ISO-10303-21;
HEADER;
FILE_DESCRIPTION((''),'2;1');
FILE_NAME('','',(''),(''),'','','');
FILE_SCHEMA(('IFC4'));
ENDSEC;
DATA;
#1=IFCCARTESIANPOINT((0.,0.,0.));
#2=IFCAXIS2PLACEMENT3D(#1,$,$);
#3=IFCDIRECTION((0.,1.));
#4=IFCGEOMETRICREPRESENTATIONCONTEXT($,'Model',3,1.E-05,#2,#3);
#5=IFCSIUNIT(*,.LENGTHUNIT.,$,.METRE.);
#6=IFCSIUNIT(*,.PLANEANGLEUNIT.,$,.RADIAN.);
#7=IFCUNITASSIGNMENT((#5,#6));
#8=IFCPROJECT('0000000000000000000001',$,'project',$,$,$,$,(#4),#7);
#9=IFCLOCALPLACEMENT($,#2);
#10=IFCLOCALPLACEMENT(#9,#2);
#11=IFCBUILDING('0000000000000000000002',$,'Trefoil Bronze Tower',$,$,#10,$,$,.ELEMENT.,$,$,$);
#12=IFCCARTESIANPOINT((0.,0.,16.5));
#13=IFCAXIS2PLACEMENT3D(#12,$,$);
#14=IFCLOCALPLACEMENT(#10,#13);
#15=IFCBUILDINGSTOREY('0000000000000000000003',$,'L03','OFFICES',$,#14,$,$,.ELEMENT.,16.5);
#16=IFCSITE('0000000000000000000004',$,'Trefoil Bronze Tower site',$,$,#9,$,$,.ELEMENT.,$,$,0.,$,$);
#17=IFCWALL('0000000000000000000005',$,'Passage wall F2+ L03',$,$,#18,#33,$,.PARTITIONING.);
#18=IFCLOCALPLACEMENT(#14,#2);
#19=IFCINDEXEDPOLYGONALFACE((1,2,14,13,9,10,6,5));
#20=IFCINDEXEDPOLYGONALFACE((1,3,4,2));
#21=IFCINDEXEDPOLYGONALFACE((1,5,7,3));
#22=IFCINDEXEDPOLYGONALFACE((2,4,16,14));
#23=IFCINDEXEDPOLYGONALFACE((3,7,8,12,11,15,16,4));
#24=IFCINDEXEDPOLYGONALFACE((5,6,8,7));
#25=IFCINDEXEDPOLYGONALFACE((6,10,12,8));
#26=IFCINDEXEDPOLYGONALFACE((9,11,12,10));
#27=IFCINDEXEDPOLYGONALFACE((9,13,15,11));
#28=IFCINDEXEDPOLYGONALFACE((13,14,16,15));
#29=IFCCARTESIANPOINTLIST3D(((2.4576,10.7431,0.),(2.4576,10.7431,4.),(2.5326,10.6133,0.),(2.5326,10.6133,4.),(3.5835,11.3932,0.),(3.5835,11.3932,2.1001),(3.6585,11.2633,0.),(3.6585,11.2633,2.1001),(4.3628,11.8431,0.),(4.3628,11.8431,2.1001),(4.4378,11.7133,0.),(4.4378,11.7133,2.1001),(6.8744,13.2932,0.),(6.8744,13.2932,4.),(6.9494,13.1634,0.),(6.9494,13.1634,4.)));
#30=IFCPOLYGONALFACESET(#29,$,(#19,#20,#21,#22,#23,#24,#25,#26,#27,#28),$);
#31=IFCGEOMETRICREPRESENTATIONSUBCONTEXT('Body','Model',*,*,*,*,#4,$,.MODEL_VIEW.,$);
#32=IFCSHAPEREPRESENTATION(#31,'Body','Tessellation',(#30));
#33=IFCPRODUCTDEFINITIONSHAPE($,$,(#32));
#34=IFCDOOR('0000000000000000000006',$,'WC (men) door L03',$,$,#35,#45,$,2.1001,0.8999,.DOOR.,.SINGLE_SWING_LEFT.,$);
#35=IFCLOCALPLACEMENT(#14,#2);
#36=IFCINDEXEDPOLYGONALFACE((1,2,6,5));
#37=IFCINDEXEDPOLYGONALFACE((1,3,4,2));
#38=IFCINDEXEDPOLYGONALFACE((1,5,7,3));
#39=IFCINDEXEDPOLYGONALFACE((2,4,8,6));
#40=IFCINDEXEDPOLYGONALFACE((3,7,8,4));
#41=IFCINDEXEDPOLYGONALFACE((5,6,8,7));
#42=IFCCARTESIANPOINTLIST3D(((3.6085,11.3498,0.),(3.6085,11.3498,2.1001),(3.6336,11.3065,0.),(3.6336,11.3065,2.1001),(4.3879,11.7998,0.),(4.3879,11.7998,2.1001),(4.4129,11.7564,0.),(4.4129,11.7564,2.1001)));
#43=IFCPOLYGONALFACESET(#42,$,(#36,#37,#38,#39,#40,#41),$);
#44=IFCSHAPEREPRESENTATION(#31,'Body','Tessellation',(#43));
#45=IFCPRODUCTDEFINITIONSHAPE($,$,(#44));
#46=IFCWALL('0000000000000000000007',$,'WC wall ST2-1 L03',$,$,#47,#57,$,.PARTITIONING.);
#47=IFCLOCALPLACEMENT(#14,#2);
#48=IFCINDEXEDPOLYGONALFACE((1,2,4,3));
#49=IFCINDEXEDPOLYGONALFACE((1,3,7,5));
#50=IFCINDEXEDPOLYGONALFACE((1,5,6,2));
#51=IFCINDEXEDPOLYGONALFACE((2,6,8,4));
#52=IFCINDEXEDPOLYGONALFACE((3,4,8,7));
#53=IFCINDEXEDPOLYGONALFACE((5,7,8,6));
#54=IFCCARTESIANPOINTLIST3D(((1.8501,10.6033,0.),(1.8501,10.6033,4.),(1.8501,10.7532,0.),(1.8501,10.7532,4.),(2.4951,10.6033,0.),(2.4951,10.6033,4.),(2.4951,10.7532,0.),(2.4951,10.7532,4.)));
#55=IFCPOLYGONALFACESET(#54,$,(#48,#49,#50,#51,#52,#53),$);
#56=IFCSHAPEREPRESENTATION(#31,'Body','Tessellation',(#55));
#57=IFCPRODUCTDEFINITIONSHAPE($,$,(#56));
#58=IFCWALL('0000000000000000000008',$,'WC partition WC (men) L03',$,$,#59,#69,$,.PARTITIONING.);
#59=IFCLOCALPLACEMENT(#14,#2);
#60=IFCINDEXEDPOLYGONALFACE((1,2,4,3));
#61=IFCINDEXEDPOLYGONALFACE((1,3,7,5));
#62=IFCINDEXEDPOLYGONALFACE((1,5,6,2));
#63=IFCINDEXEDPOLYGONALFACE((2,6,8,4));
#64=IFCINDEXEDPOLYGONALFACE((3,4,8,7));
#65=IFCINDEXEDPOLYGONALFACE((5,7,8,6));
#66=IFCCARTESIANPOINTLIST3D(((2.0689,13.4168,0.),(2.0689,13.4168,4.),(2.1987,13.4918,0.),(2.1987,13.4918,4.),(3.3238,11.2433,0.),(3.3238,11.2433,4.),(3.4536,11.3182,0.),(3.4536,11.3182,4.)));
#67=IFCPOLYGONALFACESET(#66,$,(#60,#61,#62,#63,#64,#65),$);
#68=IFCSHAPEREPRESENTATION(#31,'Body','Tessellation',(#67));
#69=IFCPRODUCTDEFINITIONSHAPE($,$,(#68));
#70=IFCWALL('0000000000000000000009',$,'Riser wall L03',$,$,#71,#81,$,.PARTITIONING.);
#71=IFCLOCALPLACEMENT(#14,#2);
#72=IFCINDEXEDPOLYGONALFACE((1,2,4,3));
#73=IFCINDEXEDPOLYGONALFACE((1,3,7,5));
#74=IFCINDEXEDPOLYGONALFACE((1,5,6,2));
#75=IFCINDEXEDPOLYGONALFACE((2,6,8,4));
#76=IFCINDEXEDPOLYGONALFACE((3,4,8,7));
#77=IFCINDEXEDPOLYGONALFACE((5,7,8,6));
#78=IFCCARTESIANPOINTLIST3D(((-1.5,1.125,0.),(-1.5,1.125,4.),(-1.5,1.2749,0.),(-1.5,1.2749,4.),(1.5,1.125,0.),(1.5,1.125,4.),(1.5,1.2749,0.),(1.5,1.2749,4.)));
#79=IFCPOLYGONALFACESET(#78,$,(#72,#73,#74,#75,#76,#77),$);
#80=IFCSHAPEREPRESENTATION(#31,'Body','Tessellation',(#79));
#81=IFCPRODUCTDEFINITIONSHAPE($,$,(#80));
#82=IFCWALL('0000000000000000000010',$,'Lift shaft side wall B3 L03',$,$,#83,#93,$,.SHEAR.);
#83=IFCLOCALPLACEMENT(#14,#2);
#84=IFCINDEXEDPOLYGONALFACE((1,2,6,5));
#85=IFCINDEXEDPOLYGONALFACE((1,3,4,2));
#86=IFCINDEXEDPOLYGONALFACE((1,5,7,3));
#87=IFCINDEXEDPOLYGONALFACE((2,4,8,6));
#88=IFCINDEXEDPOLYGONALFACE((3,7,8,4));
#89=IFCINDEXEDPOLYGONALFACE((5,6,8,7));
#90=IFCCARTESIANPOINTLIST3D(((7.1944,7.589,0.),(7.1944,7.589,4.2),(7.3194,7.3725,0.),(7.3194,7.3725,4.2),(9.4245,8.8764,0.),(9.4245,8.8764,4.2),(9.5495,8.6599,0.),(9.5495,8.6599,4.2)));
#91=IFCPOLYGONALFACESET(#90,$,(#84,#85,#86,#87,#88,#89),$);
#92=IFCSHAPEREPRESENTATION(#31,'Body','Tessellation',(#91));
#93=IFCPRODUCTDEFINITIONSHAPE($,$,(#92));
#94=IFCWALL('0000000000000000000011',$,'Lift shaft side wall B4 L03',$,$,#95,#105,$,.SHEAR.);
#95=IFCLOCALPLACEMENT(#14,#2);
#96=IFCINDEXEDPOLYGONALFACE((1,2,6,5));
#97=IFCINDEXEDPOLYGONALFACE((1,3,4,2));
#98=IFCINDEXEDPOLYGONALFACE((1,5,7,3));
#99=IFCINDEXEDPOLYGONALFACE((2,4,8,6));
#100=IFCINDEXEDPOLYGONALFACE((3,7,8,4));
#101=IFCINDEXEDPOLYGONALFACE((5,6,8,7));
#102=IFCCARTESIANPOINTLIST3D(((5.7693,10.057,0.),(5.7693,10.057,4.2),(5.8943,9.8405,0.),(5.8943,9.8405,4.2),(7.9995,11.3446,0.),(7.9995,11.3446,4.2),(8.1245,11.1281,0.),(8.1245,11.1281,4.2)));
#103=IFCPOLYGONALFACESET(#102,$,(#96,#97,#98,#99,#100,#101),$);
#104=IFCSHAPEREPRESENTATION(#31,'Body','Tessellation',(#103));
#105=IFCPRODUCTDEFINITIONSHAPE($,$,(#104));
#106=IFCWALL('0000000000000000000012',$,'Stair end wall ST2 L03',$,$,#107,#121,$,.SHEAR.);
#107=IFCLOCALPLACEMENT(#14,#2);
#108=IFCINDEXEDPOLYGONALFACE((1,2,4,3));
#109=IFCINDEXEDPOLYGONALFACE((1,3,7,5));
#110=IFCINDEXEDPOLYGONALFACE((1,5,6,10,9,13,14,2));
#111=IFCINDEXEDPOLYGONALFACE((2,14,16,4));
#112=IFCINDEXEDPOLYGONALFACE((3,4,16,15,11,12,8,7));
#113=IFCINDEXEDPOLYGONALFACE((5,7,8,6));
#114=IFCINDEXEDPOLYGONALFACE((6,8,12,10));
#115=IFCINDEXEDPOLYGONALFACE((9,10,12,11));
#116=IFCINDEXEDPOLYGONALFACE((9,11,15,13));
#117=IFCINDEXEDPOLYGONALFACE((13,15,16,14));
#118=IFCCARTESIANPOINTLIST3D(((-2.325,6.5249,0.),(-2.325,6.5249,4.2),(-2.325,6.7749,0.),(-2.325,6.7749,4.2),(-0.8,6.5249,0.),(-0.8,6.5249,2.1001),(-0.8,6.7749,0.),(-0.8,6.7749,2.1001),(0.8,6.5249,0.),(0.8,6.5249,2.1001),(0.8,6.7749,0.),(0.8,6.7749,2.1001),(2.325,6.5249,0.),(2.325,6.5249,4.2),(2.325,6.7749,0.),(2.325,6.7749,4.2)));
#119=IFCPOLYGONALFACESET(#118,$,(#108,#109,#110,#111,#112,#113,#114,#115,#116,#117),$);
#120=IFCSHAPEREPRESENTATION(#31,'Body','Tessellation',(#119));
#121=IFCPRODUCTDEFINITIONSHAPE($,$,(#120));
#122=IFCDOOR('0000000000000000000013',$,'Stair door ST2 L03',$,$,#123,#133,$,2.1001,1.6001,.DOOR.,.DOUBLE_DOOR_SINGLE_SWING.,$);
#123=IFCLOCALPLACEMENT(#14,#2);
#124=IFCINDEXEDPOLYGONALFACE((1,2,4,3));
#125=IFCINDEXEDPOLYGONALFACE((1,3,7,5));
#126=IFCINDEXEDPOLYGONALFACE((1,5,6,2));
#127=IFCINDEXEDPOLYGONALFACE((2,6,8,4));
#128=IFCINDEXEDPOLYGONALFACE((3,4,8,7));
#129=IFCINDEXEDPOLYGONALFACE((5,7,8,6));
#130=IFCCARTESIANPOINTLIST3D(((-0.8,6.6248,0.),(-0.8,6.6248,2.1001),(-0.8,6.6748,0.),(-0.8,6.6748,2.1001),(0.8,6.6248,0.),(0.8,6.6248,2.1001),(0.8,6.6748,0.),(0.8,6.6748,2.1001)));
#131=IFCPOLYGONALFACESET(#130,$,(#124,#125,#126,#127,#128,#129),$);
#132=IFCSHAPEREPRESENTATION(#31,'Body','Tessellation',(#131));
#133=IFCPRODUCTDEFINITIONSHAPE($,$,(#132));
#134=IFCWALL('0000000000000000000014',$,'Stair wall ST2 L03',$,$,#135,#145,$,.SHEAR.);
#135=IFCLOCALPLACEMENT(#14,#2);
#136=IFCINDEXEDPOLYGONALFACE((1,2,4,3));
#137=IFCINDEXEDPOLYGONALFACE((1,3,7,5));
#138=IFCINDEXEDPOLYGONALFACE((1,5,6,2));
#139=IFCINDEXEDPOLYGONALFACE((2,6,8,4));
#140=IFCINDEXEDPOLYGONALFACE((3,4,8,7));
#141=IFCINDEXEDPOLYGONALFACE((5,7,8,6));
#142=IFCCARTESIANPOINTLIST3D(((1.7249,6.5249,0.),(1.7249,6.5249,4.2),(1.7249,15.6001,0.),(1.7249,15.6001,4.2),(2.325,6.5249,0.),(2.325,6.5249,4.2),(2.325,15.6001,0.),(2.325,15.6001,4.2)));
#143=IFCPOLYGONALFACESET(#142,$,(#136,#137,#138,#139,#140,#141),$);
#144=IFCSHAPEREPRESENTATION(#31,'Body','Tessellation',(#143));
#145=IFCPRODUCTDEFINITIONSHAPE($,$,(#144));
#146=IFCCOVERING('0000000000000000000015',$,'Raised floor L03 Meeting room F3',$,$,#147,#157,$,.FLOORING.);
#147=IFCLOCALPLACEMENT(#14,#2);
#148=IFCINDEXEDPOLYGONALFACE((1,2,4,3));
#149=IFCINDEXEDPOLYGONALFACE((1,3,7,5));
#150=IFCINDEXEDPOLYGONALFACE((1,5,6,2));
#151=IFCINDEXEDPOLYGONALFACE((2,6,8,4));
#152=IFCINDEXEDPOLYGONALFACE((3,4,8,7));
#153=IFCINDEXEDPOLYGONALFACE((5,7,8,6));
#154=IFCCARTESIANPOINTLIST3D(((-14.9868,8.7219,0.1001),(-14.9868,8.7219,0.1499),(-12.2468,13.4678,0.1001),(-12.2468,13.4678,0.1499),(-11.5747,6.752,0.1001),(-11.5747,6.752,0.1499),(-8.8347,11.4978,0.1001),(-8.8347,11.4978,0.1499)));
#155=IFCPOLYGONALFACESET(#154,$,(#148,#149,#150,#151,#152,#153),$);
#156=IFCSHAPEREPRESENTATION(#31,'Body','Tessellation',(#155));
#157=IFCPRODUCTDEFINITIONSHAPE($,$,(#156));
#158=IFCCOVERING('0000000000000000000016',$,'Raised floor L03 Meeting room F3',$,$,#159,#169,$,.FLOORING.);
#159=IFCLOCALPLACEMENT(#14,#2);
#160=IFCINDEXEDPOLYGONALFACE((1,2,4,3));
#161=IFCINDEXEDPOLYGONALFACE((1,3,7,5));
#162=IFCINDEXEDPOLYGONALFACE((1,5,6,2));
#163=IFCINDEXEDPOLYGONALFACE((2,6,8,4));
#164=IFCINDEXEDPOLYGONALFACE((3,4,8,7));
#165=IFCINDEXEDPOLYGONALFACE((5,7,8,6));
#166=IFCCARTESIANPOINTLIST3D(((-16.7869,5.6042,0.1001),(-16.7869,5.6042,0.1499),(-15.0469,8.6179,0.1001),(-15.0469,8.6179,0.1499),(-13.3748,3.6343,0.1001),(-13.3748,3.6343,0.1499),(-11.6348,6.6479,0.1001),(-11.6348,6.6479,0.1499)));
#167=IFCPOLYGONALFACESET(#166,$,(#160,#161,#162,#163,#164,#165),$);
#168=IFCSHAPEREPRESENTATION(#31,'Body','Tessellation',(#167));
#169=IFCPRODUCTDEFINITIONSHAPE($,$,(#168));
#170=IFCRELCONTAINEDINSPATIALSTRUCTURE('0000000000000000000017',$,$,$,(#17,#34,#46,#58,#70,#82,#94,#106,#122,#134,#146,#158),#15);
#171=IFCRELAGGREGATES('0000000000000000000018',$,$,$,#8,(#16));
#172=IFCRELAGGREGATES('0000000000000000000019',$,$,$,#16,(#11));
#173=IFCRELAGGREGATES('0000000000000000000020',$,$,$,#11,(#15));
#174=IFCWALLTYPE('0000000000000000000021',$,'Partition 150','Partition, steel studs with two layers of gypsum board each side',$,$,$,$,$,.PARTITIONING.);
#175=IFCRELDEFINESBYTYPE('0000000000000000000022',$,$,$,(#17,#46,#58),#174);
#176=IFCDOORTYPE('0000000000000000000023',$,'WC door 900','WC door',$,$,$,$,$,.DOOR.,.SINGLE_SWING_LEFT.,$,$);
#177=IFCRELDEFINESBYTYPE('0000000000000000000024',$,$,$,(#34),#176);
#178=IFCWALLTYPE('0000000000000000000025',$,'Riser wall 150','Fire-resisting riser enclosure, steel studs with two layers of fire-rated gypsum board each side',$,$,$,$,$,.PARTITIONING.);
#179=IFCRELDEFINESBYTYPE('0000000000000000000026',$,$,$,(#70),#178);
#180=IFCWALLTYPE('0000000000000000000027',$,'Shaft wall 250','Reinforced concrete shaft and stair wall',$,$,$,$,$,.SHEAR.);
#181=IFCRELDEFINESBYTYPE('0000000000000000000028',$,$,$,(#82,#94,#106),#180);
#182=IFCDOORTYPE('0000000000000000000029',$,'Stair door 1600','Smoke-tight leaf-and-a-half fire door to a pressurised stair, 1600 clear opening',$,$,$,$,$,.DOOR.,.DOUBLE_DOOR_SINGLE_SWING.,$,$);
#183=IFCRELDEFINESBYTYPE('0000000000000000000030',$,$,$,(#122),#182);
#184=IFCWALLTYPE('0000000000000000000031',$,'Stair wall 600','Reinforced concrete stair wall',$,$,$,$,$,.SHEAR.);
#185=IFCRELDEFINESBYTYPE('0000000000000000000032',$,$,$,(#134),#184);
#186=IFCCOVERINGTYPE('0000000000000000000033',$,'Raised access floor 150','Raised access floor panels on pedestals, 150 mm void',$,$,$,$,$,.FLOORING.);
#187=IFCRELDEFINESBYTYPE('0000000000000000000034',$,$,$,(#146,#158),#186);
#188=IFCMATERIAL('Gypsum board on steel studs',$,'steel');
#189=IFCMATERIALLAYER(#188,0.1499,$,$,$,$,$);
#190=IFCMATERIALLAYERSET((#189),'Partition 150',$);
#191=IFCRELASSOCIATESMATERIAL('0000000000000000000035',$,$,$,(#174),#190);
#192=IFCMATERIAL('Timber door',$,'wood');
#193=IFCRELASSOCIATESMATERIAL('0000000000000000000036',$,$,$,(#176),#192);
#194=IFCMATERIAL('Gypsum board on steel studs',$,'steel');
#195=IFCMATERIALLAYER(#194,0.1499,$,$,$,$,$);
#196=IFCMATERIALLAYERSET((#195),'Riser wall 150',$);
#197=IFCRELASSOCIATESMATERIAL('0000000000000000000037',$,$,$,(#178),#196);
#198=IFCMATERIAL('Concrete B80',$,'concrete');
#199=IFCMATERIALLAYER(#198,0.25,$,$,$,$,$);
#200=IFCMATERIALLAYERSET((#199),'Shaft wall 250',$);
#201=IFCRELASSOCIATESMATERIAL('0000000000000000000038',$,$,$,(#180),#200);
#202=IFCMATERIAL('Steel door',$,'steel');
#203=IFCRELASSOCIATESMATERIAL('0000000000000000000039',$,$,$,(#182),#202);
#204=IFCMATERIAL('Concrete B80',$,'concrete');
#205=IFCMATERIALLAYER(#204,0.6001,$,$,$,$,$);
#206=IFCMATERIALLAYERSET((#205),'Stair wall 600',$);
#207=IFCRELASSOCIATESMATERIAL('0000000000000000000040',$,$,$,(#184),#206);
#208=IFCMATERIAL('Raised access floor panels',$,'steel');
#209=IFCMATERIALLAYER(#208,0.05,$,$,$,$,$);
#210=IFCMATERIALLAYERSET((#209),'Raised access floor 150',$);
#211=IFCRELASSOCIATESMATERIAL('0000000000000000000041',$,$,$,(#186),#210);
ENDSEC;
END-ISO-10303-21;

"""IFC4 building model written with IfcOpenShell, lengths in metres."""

from ifc_helpers import new_model, si_unit, direction, frame, frame_2d, origin, place, context, subcontext, project, spatial, polyline, rectangle, outline, extrude, material, layer, layer_set, type_object, element, fill, save


model = new_model("IFC4")

# Units and contexts
model_context = context("Model", 3, precision=1e-05, world=origin(), true_north=direction((0.0, 1.0)))
body_context = subcontext(model_context, "Body", "Model", "MODEL_VIEW")
ifc_project = project(units=[si_unit("LENGTHUNIT", "METRE"), si_unit("PLANEANGLEUNIT", "RADIAN")], contexts=[model_context])

# Site, building, storey
site_placement = place(None, origin())
site = spatial("IfcSite", under=ifc_project, at=site_placement, Name="Trefoil Bronze Tower site", CompositionType="ELEMENT", RefElevation=0.0)
building_placement = place(site_placement, origin())
building = spatial("IfcBuilding", under=site, at=building_placement, Name="Trefoil Bronze Tower", CompositionType="ELEMENT")
storey_placement = place(building_placement, frame((0.0, 0.0, 16.5)))
storey = spatial("IfcBuildingStorey", under=building, at=storey_placement, Name="L03", Description="OFFICES", CompositionType="ELEMENT", Elevation=16.5)

# Wall, opening, door
ifc_material_1 = material(Name="Gypsum board on steel studs", Category="steel")
ifc_layer_1 = layer(ifc_material_1, 0.1499)
ifc_layer_set_1 = layer_set([ifc_layer_1], Name="Partition 150")
wall_type_1 = type_object("IfcWallType", Name="Partition 150", Description="Partition, steel studs with two layers of gypsum board each side", PredefinedType="PARTITIONING", material=ifc_layer_set_1)
wall_1_placement = place(storey_placement, frame((2.4951, 10.6782, 0.0), z_axis=(0.0, 0.0, 1.0), x_axis=(0.866022, 0.500006, 0.0)))
wall_1 = element("IfcWall", 1, at=wall_1_placement, inside=storey, type_object=wall_type_1, Name="Passage wall F2+ L03", PredefinedType="PARTITIONING", context=body_context, shape_type="SweptSolid", body=[
    extrude(rectangle(XDim=5.1001, YDim=0.1499, at=frame_2d((2.55, 0.0))), origin(), (0.0, 0.0, 1.0), 4.0),
])
opening_1_placement = place(wall_1_placement, frame((1.3, 0.0, 0.0)))
opening_1 = element("IfcOpeningElement", 2, at=opening_1_placement, cuts=wall_1, PredefinedType="OPENING", context=body_context, shape_type="SweptSolid", body=[
    extrude(rectangle(XDim=0.8999, YDim=2.1001, at=frame_2d((0.45, 1.05))), frame((0.0, 0.085, 0.0), z_axis=(0.0, -1.0, 0.0), x_axis=(1.0, 0.0, 0.0)), (0.0, 0.0, 1.0), 0.1699),
])
ifc_material_2 = material(Name="Timber door", Category="wood")
door_type_1 = type_object("IfcDoorType", Name="WC door 900", Description="WC door", OperationType="SINGLE_SWING_LEFT", PredefinedType="DOOR", material=ifc_material_2)
door_1_placement = place(opening_1_placement, origin())
door_1 = element("IfcDoor", 3, at=door_1_placement, inside=storey, type_object=door_type_1, Name="WC (men) door L03", OperationType="SINGLE_SWING_LEFT", OverallHeight=2.1001, OverallWidth=0.8999, PredefinedType="DOOR", context=body_context, shape_type="SweptSolid", body=[
    extrude(rectangle(XDim=0.8999, YDim=2.1001, at=frame_2d((0.45, 1.05))), frame((0.0, 0.0249, 0.0), z_axis=(0.0, -1.0, 0.0), x_axis=(1.0, 0.0, 0.0)), (0.0, 0.0, 1.0), 0.05),
])
fill(opening_1, door_1)

# Walls
wall_2_placement = place(storey_placement, frame((2.4951, 10.6782, 0.0), z_axis=(0.0, 0.0, 1.0), x_axis=(-1.0, 0.0, 0.0)))
element("IfcWall", 4, at=wall_2_placement, inside=storey, type_object=wall_type_1, Name="WC wall ST2-1 L03", PredefinedType="PARTITIONING", context=body_context, shape_type="SweptSolid", body=[
    extrude(rectangle(XDim=0.645, YDim=0.1499, at=frame_2d((0.3225, 0.0))), origin(), (0.0, 0.0, 1.0), 4.0),
])
wall_3_placement = place(storey_placement, frame((3.3887, 11.2808, 0.0), z_axis=(0.0, 0.0, 1.0), x_axis=(-0.499989, 0.866032, 0.0)))
element("IfcWall", 5, at=wall_3_placement, inside=storey, type_object=wall_type_1, Name="WC partition WC (men) L03", PredefinedType="PARTITIONING", context=body_context, shape_type="SweptSolid", body=[
    extrude(rectangle(XDim=2.5098, YDim=0.1499, at=frame_2d((1.2549, 0.0))), origin(), (0.0, 0.0, 1.0), 4.0),
])
ifc_material_3 = material(Name="Gypsum board on steel studs", Category="steel")
ifc_layer_2 = layer(ifc_material_3, 0.1499)
ifc_layer_set_2 = layer_set([ifc_layer_2], Name="Riser wall 150")
wall_type_2 = type_object("IfcWallType", Name="Riser wall 150", Description="Fire-resisting riser enclosure, steel studs with two layers of fire-rated gypsum board each side", PredefinedType="PARTITIONING", material=ifc_layer_set_2)
wall_4_placement = place(storey_placement, frame((1.5, 1.2, 0.0), z_axis=(0.0, 0.0, 1.0), x_axis=(-1.0, 0.0, 0.0)))
element("IfcWall", 6, at=wall_4_placement, inside=storey, type_object=wall_type_2, Name="Riser wall L03", PredefinedType="PARTITIONING", context=body_context, shape_type="SweptSolid", body=[
    extrude(rectangle(XDim=3.0, YDim=0.1499, at=frame_2d((1.5, 0.0))), origin(), (0.0, 0.0, 1.0), 4.0),
])
ifc_material_4 = material(Name="Concrete B80", Category="concrete")
ifc_layer_3 = layer(ifc_material_4, 0.25)
ifc_layer_set_3 = layer_set([ifc_layer_3], Name="Shaft wall 250")
wall_type_3 = type_object("IfcWallType", Name="Shaft wall 250", Description="Reinforced concrete shaft and stair wall", PredefinedType="SHEAR", material=ifc_layer_set_3)
wall_5_placement = place(storey_placement, frame((7.2568, 7.4807, 0.0), z_axis=(0.0, 0.0, 1.0), x_axis=(0.866047, 0.499963, 0.0)))
element("IfcWall", 7, at=wall_5_placement, inside=storey, type_object=wall_type_3, Name="Lift shaft side wall B3 L03", PredefinedType="SHEAR", context=body_context, shape_type="SweptSolid", body=[
    extrude(rectangle(XDim=2.575, YDim=0.25, at=frame_2d((1.2876, 0.0))), origin(), (0.0, 0.0, 1.0), 4.2),
])
wall_6_placement = place(storey_placement, frame((5.8318, 9.9487, 0.0), z_axis=(0.0, 0.0, 1.0), x_axis=(0.866029, 0.499993, 0.0)))
element("IfcWall", 8, at=wall_6_placement, inside=storey, type_object=wall_type_3, Name="Lift shaft side wall B4 L03", PredefinedType="SHEAR", context=body_context, shape_type="SweptSolid", body=[
    extrude(rectangle(XDim=2.5752, YDim=0.25, at=frame_2d((1.2876, 0.0))), origin(), (0.0, 0.0, 1.0), 4.2),
])

# Wall, opening, door
wall_7_placement = place(storey_placement, frame((2.325, 6.6499, 0.0), z_axis=(0.0, 0.0, 1.0), x_axis=(-1.0, 0.0, 0.0)))
wall_7 = element("IfcWall", 9, at=wall_7_placement, inside=storey, type_object=wall_type_3, Name="Stair end wall ST2 L03", PredefinedType="SHEAR", context=body_context, shape_type="SweptSolid", body=[
    extrude(rectangle(XDim=4.6499, YDim=0.25, at=frame_2d((2.325, 0.0))), origin(), (0.0, 0.0, 1.0), 4.2),
])
opening_2_placement = place(wall_7_placement, frame((1.5249, 0.0, 0.0)))
opening_2 = element("IfcOpeningElement", 10, at=opening_2_placement, cuts=wall_7, PredefinedType="OPENING", context=body_context, shape_type="SweptSolid", body=[
    extrude(rectangle(XDim=1.6001, YDim=2.1001, at=frame_2d((0.8, 1.05))), frame((0.0, 0.135, 0.0), z_axis=(0.0, -1.0, 0.0), x_axis=(1.0, 0.0, 0.0)), (0.0, 0.0, 1.0), 0.27),
])
ifc_material_5 = material(Name="Steel door", Category="steel")
door_type_2 = type_object("IfcDoorType", Name="Stair door 1600", Description="Smoke-tight leaf-and-a-half fire door to a pressurised stair, 1600 clear opening", OperationType="DOUBLE_DOOR_SINGLE_SWING", PredefinedType="DOOR", material=ifc_material_5)
door_2_placement = place(opening_2_placement, frame((1.6001, 0.0, 0.0), z_axis=(0.0, 0.0, 1.0), x_axis=(-1.0, 0.0, 0.0)))
door_2 = element("IfcDoor", 11, at=door_2_placement, inside=storey, type_object=door_type_2, Name="Stair door ST2 L03", OperationType="DOUBLE_DOOR_SINGLE_SWING", OverallHeight=2.1001, OverallWidth=1.6001, PredefinedType="DOOR", context=body_context, shape_type="SweptSolid", body=[
    extrude(rectangle(XDim=1.6001, YDim=2.1001, at=frame_2d((0.8, 1.05))), frame((0.0, 0.0249, 0.0), z_axis=(0.0, -1.0, 0.0), x_axis=(1.0, 0.0, 0.0)), (0.0, 0.0, 1.0), 0.05),
])
fill(opening_2, door_2)

# Wall
ifc_material_6 = material(Name="Concrete B80", Category="concrete")
ifc_layer_4 = layer(ifc_material_6, 0.6001)
ifc_layer_set_4 = layer_set([ifc_layer_4], Name="Stair wall 600")
wall_type_4 = type_object("IfcWallType", Name="Stair wall 600", Description="Reinforced concrete stair wall", PredefinedType="SHEAR", material=ifc_layer_set_4)
wall_8_placement = place(storey_placement, frame((2.0249, 6.5249, 0.0), z_axis=(0.0, 0.0, 1.0), x_axis=(0.0, 1.0, 0.0)))
element("IfcWall", 12, at=wall_8_placement, inside=storey, type_object=wall_type_4, Name="Stair wall ST2 L03", PredefinedType="SHEAR", context=body_context, shape_type="SweptSolid", body=[
    extrude(rectangle(XDim=9.0752, YDim=0.6001, at=frame_2d((4.5376, 0.0))), origin(), (0.0, 0.0, 1.0), 4.2),
])

# Coverings
ifc_material_7 = material(Name="Raised access floor panels", Category="steel")
ifc_layer_5 = layer(ifc_material_7, 0.05)
ifc_layer_set_5 = layer_set([ifc_layer_5], Name="Raised access floor 150")
covering_type = type_object("IfcCoveringType", Name="Raised access floor 150", Description="Raised access floor panels on pedestals, 150 mm void", PredefinedType="FLOORING", material=ifc_layer_set_5)
covering_1_placement = place(storey_placement, frame((0.0, 0.0, 0.1001)))
element("IfcCovering", 13, at=covering_1_placement, inside=storey, type_object=covering_type, Name="Raised floor L03 Meeting room F3", PredefinedType="FLOORING", context=body_context, shape_type="SweptSolid", body=[
    extrude(outline(polyline([(-11.5747, 6.752), (-14.9868, 8.7219), (-12.2468, 13.4678), (-8.8347, 11.4978), (-11.5747, 6.752)])), origin(), (0.0, 0.0, 1.0), 0.0498),
])
covering_2_placement = place(storey_placement, frame((0.0, 0.0, 0.1001)))
element("IfcCovering", 14, at=covering_2_placement, inside=storey, type_object=covering_type, Name="Raised floor L03 Meeting room F3", PredefinedType="FLOORING", context=body_context, shape_type="SweptSolid", body=[
    extrude(outline(polyline([(-13.3748, 3.6343), (-16.7869, 5.6042), (-15.0469, 8.6179), (-11.6348, 6.6479), (-13.3748, 3.6343)])), origin(), (0.0, 0.0, 1.0), 0.0498),
])

save(model, "model.ifc")
